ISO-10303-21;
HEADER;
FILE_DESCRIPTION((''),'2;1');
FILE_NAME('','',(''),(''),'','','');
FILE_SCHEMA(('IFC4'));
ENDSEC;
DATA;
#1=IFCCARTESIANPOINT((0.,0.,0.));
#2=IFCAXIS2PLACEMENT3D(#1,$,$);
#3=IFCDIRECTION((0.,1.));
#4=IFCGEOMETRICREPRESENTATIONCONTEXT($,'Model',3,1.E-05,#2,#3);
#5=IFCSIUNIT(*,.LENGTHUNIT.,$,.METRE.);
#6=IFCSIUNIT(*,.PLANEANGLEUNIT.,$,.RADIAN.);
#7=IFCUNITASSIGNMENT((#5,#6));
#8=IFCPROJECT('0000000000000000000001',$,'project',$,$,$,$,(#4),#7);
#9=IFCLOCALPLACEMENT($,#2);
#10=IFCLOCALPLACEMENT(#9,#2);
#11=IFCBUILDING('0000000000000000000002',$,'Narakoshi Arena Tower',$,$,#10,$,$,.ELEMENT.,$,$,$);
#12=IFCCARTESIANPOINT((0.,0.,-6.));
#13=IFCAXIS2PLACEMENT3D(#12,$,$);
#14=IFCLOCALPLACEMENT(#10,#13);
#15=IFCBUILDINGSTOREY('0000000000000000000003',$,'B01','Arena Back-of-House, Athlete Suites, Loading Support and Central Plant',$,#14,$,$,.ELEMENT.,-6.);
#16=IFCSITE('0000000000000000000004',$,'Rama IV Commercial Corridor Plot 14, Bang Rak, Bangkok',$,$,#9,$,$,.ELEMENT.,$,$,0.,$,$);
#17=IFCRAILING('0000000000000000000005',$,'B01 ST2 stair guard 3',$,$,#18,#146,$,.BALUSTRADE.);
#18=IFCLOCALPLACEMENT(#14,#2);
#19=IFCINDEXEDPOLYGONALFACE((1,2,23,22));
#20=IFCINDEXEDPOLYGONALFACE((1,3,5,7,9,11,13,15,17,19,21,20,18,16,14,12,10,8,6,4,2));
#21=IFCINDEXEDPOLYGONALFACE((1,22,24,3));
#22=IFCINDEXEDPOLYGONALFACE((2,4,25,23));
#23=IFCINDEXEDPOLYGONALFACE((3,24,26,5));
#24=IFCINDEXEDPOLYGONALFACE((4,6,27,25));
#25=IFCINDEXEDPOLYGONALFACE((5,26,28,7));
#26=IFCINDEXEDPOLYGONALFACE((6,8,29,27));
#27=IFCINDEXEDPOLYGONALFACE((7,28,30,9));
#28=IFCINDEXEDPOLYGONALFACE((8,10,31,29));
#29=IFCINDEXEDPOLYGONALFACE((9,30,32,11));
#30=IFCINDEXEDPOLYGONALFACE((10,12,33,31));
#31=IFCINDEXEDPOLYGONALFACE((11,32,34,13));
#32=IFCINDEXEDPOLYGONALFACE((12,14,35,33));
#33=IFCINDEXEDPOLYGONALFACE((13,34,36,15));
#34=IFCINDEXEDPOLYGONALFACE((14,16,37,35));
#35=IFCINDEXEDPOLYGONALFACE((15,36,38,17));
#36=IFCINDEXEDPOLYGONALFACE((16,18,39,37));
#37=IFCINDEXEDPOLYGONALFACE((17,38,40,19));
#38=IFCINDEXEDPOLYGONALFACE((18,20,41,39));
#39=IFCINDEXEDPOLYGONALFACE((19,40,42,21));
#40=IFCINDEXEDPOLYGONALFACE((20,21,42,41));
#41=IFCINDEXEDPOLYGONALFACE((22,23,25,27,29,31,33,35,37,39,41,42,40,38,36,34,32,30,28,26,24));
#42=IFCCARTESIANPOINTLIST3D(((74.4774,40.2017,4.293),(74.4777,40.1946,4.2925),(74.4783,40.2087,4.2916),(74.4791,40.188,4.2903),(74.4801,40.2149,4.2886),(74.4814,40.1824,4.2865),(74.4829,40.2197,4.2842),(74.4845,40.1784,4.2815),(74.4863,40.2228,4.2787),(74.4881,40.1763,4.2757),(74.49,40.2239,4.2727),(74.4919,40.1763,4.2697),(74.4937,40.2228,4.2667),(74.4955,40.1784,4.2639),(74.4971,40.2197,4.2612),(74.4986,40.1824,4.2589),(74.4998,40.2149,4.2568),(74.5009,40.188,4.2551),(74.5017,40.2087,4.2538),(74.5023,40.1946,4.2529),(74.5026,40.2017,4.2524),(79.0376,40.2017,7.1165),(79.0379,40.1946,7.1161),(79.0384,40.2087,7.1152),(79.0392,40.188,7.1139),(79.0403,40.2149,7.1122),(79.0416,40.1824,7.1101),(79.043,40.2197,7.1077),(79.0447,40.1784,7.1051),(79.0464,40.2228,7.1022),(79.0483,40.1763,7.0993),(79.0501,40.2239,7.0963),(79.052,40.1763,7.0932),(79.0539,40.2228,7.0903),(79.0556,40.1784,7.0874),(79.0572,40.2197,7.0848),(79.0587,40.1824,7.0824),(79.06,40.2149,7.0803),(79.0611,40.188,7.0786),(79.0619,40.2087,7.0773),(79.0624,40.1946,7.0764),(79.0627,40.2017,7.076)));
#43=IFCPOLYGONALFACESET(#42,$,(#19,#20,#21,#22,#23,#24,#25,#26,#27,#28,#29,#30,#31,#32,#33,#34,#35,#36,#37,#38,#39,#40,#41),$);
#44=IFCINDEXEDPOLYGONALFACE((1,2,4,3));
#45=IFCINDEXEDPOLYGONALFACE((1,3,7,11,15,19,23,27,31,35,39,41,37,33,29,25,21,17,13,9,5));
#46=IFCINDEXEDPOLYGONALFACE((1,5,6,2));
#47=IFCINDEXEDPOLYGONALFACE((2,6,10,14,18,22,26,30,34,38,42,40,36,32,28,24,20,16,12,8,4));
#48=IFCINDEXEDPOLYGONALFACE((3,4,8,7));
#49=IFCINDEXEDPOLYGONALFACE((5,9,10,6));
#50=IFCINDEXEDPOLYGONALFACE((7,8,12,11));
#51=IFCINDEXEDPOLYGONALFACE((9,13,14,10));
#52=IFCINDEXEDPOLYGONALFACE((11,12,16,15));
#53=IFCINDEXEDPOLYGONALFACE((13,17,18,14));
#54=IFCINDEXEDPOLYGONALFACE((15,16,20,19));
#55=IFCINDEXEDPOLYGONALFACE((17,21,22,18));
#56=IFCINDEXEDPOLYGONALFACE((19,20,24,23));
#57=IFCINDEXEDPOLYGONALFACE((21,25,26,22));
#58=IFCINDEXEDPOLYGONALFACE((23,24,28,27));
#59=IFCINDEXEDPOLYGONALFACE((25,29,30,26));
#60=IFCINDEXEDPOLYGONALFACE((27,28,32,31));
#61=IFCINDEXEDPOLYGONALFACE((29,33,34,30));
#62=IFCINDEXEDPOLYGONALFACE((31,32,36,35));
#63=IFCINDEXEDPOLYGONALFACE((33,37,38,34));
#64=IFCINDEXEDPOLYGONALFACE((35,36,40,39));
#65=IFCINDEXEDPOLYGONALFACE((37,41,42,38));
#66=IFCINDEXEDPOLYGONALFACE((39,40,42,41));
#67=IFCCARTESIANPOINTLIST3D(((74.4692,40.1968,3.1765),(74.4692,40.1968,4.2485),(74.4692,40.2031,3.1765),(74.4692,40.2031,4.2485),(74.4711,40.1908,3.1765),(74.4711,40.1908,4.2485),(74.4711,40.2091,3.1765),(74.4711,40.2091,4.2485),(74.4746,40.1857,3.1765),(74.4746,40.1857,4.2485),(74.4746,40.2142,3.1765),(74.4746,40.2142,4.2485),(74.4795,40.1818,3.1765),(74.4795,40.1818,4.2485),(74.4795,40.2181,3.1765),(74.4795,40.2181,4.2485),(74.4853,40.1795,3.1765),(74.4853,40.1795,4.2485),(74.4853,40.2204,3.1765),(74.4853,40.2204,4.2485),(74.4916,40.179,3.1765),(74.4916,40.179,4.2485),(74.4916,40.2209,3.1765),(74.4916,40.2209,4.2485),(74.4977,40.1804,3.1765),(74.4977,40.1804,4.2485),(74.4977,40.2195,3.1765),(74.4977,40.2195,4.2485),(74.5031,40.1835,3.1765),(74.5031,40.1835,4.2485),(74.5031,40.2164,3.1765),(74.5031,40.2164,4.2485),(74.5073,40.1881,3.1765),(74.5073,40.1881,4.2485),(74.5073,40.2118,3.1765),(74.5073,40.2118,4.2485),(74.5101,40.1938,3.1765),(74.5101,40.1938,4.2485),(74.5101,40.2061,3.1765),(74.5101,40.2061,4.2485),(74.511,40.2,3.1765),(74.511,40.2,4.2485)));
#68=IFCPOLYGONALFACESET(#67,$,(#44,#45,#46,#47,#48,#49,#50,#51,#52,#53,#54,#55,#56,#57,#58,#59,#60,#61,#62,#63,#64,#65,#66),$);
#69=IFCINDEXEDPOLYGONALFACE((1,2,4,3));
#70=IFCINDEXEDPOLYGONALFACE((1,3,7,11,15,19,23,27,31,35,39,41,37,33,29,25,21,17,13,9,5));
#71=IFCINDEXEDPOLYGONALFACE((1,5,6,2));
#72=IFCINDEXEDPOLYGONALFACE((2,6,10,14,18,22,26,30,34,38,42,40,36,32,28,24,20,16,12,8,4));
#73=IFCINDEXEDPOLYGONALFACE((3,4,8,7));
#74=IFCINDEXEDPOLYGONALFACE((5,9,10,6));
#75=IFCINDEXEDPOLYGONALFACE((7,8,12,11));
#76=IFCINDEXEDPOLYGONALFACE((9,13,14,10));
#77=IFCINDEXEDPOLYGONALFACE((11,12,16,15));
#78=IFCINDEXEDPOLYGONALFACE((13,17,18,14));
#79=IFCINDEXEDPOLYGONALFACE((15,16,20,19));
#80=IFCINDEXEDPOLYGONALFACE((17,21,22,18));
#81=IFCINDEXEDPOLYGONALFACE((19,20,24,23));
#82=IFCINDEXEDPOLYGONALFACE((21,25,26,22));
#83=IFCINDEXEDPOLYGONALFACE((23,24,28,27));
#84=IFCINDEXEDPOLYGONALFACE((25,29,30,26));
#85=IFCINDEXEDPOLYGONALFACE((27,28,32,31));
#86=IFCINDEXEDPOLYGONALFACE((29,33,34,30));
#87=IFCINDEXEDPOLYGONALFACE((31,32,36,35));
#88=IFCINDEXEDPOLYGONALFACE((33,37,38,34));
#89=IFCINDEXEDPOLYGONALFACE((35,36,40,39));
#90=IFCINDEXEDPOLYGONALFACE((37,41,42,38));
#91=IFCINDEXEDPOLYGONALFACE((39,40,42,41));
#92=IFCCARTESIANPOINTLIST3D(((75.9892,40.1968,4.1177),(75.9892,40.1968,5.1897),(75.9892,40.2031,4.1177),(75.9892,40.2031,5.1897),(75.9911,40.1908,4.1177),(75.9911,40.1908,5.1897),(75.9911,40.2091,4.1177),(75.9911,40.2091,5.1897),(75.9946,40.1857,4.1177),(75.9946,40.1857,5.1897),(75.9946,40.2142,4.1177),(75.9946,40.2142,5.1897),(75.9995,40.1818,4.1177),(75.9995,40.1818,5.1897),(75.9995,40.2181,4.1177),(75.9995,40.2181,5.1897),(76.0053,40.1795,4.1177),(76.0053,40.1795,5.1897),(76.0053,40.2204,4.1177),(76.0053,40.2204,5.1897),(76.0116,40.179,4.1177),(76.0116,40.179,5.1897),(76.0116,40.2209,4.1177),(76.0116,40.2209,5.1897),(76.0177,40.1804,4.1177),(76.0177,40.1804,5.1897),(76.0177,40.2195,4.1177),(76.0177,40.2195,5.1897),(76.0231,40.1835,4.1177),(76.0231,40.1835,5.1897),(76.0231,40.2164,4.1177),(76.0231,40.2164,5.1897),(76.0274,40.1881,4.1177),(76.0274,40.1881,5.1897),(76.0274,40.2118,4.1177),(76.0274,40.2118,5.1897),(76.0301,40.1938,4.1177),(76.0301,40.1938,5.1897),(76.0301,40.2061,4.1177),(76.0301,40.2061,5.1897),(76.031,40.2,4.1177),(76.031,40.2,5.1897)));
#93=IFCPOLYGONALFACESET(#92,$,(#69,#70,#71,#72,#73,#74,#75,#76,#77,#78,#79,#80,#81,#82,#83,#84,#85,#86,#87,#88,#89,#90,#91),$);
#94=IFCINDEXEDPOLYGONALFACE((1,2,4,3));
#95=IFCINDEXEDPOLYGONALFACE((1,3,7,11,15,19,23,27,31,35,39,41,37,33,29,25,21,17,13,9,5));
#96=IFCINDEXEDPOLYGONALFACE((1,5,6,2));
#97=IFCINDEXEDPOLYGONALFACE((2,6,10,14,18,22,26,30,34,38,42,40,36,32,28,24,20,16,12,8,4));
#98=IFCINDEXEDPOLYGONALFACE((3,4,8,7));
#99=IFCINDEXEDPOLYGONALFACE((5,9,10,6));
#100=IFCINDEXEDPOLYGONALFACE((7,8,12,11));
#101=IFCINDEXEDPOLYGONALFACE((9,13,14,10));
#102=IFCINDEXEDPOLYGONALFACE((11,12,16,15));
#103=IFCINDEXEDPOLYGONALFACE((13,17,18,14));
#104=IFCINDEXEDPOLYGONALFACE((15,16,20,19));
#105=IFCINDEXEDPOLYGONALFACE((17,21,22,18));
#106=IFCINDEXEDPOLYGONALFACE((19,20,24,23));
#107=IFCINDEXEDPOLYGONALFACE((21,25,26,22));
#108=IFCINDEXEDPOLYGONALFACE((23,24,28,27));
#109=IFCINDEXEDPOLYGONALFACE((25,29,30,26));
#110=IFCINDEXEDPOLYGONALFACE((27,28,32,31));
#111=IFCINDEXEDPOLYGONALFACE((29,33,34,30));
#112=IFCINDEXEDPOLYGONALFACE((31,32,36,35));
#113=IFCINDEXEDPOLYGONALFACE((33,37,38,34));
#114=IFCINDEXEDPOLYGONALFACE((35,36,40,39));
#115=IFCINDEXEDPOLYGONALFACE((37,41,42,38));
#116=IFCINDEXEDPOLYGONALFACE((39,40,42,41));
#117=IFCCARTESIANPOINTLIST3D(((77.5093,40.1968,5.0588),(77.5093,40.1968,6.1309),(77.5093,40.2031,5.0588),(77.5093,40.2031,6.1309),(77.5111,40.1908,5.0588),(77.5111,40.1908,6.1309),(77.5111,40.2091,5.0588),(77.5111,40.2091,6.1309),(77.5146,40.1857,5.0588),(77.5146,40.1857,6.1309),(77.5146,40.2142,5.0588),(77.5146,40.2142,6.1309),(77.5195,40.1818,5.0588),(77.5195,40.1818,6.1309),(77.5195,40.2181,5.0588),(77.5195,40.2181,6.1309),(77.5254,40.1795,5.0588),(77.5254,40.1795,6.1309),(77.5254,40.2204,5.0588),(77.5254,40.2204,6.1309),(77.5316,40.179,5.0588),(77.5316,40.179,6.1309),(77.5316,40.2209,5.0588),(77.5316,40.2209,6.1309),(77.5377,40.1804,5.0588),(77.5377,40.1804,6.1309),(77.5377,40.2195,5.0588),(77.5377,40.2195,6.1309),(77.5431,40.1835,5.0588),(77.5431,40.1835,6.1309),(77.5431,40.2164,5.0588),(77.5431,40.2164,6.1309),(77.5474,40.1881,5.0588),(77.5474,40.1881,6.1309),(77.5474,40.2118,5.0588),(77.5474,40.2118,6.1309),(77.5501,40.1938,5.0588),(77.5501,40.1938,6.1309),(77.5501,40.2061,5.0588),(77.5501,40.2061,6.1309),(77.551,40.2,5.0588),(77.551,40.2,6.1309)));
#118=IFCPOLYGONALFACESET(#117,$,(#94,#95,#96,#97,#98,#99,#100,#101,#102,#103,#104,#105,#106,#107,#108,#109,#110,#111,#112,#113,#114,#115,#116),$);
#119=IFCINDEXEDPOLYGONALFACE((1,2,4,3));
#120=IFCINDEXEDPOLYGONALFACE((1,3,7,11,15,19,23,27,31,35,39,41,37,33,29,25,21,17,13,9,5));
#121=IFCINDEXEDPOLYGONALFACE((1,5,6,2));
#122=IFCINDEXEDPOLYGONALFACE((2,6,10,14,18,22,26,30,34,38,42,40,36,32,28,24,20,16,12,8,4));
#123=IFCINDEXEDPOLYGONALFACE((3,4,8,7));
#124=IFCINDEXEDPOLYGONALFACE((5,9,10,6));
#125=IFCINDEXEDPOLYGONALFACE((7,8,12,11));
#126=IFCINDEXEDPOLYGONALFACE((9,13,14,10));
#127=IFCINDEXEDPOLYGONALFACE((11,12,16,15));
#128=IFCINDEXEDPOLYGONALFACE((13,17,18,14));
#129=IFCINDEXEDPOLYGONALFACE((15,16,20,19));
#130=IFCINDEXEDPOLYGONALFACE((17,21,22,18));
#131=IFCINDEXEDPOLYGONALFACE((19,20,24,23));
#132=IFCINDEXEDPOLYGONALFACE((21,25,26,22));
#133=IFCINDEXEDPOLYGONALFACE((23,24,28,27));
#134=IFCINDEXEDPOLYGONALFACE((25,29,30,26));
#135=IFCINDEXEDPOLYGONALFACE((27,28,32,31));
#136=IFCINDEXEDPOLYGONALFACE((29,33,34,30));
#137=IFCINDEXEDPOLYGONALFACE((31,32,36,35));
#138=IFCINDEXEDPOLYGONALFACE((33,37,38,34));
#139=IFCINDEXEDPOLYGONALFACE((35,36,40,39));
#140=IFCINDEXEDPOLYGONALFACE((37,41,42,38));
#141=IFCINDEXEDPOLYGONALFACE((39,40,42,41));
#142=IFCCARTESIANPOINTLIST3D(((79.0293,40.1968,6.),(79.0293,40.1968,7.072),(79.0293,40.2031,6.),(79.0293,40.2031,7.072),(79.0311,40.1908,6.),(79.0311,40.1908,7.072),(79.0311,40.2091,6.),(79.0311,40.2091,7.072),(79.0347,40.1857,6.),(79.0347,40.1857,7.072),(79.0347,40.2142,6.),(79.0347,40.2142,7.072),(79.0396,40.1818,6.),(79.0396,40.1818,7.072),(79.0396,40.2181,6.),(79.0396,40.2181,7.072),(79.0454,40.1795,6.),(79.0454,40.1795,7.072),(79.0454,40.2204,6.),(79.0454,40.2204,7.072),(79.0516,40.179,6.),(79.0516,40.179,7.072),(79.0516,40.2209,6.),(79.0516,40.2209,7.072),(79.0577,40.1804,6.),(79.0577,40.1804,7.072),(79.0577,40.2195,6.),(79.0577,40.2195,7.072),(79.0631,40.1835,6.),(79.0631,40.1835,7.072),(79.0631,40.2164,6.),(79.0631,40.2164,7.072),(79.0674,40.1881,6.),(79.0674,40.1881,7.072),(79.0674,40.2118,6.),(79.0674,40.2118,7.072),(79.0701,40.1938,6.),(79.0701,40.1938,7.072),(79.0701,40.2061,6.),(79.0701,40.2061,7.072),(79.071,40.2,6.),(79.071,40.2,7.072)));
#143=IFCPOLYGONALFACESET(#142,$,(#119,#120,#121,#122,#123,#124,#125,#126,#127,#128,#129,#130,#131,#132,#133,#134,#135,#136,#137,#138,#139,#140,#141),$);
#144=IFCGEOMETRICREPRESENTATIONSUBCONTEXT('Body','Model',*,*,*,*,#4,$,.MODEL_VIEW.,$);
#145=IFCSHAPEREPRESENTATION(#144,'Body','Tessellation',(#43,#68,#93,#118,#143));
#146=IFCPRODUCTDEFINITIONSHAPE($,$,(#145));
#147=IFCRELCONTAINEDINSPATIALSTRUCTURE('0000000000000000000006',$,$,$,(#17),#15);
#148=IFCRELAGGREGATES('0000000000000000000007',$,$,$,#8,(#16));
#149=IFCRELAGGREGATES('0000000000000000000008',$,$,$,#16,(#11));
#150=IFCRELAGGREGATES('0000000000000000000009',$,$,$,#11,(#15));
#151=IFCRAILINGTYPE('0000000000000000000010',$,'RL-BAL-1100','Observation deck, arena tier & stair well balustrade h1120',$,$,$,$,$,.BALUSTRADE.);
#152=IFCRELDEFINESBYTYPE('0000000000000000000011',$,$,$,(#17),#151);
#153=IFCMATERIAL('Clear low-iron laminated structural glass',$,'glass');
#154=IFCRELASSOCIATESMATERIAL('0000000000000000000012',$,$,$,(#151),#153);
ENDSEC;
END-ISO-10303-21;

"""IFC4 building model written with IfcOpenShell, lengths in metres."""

from ifc_helpers import new_model, si_unit, direction, frame, origin, origin_2d, place, context, subcontext, project, spatial, circle, extrude, material, type_object, element, save


model = new_model("IFC4")

# Units and contexts
model_context = context("Model", 3, precision=1e-05, world=origin(), true_north=direction((0.0, 1.0)))
body_context = subcontext(model_context, "Body", "Model", "MODEL_VIEW")
ifc_project = project(units=[si_unit("LENGTHUNIT", "METRE"), si_unit("PLANEANGLEUNIT", "RADIAN")], contexts=[model_context])

# Site, building, storey
site_placement = place(None, origin())
site = spatial("IfcSite", under=ifc_project, at=site_placement, Name="Rama IV Commercial Corridor Plot 14, Bang Rak, Bangkok", CompositionType="ELEMENT", RefElevation=0.0)
building_placement = place(site_placement, origin())
building = spatial("IfcBuilding", under=site, at=building_placement, Name="Narakoshi Arena Tower", CompositionType="ELEMENT")
storey_placement = place(building_placement, frame((0.0, 0.0, -6.0)))
storey = spatial("IfcBuildingStorey", under=building, at=storey_placement, Name="B01", Description="Arena Back-of-House, Athlete Suites, Loading Support and Central Plant", CompositionType="ELEMENT", Elevation=-6.0)

# Railing
ifc_material_1 = material(Name="Clear low-iron laminated structural glass", Category="glass")
railing_type_1 = type_object("IfcRailingType", Name="RL-BAL-1100", Description="Observation deck, arena tier & stair well balustrade h1120", PredefinedType="BALUSTRADE", material=ifc_material_1)
railing_1_placement = place(storey_placement, frame((74.49, 40.2, 3.1765)))
element("IfcRailing", 1, at=railing_1_placement, inside=storey, type_object=railing_type_1, Name="B01 ST2 stair guard 3", PredefinedType="BALUSTRADE", context=body_context, shape_type="SweptSolid", body=[
    extrude(circle(Radius=0.0239, at=origin_2d()), frame((0.0, 0.0, 1.0962), z_axis=(0.850216, 0.0, 0.526435), x_axis=(0.0, 1.0, 0.0)), (0.0, 0.0, 1.0), 5.3635),
    extrude(circle(Radius=0.021, at=origin_2d()), origin(), (0.0, 0.0, 1.0), 1.072),
    extrude(circle(Radius=0.021, at=origin_2d()), frame((1.52, 0.0, 0.9412)), (0.0, 0.0, 1.0), 1.072),
    extrude(circle(Radius=0.021, at=origin_2d()), frame((3.04, 0.0, 1.8823)), (0.0, 0.0, 1.0), 1.072),
    extrude(circle(Radius=0.021, at=origin_2d()), frame((4.5601, 0.0, 2.8235)), (0.0, 0.0, 1.0), 1.072),
])

save(model, "model.ifc")
